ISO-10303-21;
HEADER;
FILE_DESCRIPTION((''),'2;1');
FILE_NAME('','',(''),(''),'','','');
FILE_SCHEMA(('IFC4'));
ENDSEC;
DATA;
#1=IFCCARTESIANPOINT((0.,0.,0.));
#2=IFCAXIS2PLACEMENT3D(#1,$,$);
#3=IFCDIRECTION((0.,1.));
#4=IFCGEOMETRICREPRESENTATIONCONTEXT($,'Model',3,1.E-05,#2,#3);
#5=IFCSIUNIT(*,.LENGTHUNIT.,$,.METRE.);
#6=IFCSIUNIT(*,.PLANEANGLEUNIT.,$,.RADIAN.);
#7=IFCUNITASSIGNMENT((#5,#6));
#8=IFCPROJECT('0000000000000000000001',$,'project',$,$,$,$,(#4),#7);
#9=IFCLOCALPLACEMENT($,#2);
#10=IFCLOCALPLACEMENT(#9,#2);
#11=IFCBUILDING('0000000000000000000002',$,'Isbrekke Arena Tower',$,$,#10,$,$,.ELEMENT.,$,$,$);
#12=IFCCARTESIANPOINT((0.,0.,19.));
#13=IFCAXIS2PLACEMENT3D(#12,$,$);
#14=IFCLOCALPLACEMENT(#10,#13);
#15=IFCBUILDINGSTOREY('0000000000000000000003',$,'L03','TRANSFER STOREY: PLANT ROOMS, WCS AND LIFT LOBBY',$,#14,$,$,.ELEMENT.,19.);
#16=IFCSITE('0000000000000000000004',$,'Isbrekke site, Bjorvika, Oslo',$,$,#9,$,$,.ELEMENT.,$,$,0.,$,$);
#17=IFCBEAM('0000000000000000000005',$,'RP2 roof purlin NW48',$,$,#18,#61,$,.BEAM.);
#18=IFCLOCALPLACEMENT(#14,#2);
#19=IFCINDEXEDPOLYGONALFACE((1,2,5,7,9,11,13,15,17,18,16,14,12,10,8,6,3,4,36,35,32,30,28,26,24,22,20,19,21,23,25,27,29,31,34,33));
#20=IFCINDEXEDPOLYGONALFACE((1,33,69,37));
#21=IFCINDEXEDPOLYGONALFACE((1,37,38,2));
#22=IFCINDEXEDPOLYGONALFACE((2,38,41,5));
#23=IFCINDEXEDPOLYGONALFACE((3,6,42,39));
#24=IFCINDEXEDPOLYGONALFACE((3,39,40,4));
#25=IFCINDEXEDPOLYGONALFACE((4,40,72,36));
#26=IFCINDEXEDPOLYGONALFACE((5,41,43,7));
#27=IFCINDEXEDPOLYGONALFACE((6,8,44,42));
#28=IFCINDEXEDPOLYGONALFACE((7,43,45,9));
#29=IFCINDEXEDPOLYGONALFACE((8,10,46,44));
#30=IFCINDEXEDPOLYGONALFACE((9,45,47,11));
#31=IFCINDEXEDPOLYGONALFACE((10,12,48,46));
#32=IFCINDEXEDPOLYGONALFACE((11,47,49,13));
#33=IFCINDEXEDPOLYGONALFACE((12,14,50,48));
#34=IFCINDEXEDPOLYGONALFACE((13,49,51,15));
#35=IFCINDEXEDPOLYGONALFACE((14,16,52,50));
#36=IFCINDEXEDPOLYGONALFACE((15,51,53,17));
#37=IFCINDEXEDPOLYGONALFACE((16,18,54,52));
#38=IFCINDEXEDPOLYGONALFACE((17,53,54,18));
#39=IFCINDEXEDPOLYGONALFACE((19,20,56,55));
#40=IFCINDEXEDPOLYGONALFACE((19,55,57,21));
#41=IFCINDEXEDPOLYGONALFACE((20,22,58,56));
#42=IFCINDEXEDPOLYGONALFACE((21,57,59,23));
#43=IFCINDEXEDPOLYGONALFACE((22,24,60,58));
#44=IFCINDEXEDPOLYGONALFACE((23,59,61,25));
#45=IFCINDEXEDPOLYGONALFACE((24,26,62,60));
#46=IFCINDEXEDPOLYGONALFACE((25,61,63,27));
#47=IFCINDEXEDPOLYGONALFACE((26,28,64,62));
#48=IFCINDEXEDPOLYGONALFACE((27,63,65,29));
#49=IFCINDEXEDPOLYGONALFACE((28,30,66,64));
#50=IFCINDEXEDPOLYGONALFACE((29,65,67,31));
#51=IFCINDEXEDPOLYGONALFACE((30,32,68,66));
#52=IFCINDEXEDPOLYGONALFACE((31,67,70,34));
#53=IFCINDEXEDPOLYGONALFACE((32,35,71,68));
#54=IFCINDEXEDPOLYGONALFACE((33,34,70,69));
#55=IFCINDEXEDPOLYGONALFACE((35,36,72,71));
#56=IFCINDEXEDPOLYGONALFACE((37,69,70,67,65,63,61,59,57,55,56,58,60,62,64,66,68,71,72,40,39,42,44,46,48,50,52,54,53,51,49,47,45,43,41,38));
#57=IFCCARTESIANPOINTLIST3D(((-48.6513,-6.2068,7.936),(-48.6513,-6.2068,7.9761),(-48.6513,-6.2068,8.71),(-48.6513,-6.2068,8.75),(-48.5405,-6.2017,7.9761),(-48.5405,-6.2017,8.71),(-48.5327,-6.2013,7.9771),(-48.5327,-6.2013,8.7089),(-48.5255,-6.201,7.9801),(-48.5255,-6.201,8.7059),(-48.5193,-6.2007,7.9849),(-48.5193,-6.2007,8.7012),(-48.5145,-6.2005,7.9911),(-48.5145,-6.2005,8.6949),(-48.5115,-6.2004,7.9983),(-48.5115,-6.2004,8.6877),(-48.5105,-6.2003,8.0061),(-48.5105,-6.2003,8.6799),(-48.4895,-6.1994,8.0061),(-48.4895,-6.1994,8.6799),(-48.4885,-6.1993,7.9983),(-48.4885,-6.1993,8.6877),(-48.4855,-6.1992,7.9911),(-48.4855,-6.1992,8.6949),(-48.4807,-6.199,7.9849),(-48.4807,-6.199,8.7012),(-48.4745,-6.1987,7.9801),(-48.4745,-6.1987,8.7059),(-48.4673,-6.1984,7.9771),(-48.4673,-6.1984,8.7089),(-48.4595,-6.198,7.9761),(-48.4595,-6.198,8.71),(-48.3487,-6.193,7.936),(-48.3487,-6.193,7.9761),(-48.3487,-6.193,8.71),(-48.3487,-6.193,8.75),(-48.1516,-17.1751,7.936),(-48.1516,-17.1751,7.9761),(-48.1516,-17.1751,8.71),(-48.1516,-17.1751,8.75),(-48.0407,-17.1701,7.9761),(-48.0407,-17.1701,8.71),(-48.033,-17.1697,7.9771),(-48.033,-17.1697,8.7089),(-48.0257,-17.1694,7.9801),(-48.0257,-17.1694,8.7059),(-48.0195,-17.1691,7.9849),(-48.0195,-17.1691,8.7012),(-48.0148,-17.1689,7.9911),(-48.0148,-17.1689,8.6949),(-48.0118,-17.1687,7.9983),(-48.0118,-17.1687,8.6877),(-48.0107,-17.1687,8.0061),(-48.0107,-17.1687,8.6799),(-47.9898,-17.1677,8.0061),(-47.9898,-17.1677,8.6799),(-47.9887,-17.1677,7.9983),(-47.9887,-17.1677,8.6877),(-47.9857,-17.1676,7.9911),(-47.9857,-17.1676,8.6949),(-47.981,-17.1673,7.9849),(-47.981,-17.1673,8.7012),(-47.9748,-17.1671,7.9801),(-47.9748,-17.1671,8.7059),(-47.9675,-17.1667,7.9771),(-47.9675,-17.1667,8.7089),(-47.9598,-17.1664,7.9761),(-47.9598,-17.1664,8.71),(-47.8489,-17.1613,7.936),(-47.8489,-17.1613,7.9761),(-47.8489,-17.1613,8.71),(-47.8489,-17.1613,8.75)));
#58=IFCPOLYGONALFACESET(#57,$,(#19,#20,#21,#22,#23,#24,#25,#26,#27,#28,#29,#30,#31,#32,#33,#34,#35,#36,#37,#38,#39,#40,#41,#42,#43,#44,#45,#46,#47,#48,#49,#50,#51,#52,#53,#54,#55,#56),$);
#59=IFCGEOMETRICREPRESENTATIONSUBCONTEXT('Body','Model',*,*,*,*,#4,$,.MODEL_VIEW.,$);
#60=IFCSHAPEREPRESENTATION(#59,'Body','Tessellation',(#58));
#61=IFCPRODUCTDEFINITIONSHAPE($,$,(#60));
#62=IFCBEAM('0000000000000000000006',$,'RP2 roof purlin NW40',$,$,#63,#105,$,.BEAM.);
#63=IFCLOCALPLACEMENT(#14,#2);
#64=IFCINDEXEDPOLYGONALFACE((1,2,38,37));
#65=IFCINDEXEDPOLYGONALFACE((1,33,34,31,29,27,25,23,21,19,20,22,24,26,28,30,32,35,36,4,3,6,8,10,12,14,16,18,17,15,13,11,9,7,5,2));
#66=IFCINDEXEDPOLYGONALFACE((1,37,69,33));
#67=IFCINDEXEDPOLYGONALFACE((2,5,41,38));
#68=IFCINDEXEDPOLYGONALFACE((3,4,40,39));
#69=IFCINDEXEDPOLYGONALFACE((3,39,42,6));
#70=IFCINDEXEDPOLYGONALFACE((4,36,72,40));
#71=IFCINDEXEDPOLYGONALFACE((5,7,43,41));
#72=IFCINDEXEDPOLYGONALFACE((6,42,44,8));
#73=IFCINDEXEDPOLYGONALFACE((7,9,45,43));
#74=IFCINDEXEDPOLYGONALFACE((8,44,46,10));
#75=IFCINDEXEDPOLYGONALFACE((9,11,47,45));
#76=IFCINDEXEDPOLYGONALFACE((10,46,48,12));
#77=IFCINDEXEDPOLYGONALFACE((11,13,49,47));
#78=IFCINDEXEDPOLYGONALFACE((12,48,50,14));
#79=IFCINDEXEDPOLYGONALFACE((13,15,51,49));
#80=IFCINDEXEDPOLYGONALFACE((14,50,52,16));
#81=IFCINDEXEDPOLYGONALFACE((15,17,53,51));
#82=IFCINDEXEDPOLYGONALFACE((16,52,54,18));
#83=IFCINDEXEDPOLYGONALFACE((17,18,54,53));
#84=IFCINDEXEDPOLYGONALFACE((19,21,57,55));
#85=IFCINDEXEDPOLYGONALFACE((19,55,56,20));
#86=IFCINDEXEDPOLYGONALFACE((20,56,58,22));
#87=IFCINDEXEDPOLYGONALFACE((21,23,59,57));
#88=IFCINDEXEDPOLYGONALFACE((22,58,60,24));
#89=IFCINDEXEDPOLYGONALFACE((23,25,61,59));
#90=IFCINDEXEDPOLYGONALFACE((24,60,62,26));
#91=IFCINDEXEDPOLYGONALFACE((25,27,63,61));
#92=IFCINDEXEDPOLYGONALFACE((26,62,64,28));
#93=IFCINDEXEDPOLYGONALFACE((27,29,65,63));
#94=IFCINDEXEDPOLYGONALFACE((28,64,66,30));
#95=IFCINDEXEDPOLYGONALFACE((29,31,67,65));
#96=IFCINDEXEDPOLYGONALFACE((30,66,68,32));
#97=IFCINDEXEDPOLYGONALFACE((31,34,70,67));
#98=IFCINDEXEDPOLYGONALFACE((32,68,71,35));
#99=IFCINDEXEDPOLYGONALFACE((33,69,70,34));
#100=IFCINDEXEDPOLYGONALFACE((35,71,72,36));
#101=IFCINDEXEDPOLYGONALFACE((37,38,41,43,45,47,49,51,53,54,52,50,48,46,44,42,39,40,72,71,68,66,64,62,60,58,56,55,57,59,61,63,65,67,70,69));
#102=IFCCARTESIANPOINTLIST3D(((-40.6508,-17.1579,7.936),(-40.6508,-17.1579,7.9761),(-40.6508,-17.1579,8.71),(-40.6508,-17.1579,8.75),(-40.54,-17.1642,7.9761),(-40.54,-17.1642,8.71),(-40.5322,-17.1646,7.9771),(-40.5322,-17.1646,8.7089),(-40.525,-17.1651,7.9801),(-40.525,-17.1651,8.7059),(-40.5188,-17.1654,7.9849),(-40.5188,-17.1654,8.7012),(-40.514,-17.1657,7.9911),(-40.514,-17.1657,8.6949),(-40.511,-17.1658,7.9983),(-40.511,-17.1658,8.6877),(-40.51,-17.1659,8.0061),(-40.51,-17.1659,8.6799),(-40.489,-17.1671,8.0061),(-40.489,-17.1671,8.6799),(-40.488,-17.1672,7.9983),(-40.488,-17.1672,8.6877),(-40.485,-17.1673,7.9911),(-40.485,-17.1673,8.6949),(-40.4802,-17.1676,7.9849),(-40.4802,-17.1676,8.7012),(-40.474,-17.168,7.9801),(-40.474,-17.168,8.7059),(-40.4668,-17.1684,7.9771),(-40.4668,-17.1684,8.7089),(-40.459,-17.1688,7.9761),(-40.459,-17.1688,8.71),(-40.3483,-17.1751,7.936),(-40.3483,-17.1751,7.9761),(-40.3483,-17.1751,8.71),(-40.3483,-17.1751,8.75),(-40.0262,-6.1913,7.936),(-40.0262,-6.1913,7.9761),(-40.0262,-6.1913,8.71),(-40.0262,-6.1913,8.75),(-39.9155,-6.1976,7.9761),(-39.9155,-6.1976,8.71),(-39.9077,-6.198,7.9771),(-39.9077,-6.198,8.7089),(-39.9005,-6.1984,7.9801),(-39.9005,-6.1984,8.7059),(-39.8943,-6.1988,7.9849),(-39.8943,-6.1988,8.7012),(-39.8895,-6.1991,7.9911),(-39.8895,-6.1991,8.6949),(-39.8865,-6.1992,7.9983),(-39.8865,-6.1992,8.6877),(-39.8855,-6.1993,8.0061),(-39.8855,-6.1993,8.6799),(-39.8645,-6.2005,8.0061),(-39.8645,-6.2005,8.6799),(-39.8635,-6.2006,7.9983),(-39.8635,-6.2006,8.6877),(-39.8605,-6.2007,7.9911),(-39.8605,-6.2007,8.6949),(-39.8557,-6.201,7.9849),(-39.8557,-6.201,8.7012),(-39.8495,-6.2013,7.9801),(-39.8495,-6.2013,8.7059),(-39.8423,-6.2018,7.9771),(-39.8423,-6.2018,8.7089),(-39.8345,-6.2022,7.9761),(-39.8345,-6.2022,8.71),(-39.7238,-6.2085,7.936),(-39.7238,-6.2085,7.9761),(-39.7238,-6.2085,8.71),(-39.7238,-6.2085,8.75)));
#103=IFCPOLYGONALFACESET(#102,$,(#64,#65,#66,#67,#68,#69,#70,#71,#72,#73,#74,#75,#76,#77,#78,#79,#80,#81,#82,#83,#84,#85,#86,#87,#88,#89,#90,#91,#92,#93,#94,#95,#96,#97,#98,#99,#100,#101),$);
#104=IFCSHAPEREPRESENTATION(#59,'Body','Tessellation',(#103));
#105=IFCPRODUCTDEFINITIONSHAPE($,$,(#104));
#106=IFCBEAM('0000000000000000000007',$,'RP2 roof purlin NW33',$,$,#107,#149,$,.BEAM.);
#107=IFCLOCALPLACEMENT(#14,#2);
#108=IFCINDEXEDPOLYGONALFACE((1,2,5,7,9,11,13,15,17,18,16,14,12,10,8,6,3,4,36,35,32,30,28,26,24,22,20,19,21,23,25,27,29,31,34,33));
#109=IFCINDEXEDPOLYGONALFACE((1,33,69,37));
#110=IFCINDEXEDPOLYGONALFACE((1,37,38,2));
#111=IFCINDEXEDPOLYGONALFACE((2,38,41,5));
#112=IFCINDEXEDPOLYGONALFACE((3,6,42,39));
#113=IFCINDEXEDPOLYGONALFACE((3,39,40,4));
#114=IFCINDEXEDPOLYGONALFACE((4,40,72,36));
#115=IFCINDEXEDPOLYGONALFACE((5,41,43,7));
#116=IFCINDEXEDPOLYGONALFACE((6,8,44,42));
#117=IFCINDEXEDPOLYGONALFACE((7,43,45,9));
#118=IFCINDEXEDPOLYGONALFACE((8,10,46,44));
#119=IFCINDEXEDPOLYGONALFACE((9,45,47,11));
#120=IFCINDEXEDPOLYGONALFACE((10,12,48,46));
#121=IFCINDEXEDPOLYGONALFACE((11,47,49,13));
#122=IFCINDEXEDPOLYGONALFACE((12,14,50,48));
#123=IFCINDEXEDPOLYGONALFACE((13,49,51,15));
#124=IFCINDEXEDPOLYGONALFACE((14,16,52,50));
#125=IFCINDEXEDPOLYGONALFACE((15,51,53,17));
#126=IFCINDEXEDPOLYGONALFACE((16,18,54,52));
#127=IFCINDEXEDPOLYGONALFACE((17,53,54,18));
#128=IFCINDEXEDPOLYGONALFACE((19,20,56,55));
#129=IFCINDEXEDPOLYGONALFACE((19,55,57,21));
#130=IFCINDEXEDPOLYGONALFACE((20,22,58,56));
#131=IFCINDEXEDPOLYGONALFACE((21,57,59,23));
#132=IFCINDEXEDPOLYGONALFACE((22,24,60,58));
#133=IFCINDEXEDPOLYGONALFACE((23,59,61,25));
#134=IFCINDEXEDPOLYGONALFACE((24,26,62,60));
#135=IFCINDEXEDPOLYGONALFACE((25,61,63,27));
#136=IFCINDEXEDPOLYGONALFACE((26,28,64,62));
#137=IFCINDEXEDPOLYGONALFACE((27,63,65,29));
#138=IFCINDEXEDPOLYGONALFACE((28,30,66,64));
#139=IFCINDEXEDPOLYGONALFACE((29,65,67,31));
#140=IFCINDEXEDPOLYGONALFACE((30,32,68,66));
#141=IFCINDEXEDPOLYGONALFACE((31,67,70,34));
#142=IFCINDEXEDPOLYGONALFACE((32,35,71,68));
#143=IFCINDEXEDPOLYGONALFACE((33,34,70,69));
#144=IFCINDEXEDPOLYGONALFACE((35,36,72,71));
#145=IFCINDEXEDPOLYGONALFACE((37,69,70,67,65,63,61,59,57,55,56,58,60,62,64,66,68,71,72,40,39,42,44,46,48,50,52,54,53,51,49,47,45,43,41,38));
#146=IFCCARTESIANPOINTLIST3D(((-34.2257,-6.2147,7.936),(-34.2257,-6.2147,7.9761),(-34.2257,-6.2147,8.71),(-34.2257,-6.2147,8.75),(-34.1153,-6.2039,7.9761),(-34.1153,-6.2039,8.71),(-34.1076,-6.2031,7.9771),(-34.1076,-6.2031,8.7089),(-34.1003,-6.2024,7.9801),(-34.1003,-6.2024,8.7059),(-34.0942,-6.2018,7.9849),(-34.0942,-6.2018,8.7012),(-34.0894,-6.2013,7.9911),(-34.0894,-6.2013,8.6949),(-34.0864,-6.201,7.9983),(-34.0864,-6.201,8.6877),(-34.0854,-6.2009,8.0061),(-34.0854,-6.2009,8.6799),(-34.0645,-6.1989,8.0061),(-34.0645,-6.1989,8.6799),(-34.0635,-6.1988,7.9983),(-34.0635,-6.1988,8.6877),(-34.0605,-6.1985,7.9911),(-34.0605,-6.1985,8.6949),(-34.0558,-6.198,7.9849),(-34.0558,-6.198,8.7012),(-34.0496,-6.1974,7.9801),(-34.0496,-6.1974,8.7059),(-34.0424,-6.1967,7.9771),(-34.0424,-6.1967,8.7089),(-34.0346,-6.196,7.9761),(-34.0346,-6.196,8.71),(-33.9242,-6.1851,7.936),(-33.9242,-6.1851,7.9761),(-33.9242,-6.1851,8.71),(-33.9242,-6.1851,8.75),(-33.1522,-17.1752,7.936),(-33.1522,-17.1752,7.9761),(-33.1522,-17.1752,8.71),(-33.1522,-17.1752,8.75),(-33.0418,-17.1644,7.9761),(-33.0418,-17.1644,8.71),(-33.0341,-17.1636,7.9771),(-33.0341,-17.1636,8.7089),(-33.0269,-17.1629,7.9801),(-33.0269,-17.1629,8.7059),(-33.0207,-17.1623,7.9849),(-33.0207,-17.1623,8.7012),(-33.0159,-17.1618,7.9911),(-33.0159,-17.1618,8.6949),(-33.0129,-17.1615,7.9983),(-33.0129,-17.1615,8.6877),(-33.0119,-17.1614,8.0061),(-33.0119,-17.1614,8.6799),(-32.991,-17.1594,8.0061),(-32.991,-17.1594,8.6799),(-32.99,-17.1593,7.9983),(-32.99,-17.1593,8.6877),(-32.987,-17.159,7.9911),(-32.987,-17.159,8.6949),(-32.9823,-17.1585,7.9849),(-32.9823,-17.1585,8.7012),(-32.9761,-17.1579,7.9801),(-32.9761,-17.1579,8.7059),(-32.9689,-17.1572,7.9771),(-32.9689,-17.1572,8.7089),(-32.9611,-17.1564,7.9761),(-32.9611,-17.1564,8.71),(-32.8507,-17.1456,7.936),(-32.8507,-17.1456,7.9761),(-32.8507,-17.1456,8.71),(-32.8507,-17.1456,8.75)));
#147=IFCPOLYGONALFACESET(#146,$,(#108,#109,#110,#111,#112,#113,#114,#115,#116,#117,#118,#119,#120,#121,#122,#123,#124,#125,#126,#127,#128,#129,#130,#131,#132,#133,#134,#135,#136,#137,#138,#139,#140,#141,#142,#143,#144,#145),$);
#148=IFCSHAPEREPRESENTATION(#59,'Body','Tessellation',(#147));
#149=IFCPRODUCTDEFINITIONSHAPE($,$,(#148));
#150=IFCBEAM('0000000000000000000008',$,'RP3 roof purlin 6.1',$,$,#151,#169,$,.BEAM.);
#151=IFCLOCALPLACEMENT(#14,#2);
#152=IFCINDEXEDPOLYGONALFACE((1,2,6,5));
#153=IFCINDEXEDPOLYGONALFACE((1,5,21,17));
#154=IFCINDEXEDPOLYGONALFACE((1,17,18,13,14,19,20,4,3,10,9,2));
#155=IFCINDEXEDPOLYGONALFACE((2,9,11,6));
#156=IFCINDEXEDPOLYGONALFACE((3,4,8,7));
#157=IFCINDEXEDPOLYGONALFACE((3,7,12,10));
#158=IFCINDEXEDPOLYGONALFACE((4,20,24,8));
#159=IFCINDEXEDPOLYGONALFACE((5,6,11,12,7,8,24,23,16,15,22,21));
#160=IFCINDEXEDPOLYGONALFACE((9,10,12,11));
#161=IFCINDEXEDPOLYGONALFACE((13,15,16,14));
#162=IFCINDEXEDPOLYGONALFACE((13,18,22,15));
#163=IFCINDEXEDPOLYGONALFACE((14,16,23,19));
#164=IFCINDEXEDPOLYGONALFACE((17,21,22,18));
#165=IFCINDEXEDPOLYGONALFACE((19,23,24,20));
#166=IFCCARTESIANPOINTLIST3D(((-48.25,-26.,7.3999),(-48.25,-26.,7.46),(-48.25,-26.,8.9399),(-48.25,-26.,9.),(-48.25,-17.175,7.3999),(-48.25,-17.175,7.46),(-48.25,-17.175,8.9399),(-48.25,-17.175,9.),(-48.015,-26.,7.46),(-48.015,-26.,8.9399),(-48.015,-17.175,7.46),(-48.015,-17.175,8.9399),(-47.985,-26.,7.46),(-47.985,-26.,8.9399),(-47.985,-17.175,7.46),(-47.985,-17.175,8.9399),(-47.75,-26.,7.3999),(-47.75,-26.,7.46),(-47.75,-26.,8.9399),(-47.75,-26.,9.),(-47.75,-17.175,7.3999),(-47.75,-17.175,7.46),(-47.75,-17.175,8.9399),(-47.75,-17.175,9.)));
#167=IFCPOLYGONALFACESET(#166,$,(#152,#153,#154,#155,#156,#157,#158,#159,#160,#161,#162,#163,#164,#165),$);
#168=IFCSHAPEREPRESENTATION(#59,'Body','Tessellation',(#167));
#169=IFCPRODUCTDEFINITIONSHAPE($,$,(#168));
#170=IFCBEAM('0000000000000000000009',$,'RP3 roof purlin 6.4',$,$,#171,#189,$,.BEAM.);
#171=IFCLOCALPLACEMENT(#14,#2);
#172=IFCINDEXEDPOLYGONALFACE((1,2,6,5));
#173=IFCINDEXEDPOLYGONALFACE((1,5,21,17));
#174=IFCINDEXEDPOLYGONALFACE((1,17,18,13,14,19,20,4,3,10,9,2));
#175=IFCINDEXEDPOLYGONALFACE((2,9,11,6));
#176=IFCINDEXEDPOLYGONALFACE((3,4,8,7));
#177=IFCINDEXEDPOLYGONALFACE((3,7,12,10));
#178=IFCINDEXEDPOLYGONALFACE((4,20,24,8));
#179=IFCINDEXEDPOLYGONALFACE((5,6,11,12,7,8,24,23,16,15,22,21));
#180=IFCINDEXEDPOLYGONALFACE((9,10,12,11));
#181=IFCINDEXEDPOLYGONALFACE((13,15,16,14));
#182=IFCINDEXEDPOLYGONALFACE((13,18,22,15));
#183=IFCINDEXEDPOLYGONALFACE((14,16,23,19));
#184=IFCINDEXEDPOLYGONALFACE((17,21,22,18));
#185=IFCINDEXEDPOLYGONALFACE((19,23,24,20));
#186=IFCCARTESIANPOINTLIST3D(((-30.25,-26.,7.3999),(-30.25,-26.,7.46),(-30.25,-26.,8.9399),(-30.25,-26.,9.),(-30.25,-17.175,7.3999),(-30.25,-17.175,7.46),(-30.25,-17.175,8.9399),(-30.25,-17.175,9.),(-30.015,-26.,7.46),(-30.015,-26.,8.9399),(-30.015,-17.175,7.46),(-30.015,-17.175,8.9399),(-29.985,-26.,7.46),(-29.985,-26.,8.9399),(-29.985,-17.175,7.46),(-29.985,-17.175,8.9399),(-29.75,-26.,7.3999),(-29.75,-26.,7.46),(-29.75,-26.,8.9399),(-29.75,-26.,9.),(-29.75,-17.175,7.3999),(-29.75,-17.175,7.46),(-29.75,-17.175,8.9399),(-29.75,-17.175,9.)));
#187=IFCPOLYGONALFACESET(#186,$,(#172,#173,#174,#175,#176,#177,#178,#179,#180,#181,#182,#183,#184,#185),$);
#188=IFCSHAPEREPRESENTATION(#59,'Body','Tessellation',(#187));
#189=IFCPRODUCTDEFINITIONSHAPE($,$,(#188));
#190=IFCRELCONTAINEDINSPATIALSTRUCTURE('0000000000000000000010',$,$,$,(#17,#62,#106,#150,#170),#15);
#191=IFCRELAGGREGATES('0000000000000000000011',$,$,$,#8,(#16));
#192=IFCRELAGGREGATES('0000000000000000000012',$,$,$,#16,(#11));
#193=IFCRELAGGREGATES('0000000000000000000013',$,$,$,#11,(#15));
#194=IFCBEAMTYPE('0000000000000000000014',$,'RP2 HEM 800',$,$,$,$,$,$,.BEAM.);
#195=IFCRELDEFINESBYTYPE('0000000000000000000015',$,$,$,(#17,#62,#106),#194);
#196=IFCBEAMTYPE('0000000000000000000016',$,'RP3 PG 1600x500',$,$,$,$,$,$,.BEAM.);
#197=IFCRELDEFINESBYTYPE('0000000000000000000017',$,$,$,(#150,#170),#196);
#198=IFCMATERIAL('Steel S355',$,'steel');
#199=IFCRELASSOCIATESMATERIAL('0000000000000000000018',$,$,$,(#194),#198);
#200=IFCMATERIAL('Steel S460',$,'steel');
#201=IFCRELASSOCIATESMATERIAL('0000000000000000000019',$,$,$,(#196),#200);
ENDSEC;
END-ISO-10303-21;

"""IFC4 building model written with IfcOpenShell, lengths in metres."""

from ifc_helpers import new_model, si_unit, direction, frame, origin, origin_2d, place, context, subcontext, project, spatial, i_section, extrude, material, material_profile, profile_set, type_object, element, save


model = new_model("IFC4")

# Units and contexts
model_context = context("Model", 3, precision=1e-05, world=origin(), true_north=direction((0.0, 1.0)))
body_context = subcontext(model_context, "Body", "Model", "MODEL_VIEW")
ifc_project = project(units=[si_unit("LENGTHUNIT", "METRE"), si_unit("PLANEANGLEUNIT", "RADIAN")], contexts=[model_context])

# Site, building, storey
site_placement = place(None, origin())
site = spatial("IfcSite", under=ifc_project, at=site_placement, Name="Isbrekke site, Bjorvika, Oslo", CompositionType="ELEMENT", RefElevation=0.0)
building_placement = place(site_placement, origin())
building = spatial("IfcBuilding", under=site, at=building_placement, Name="Isbrekke Arena Tower", CompositionType="ELEMENT")
storey_placement = place(building_placement, frame((0.0, 0.0, 19.0)))
storey = spatial("IfcBuildingStorey", under=building, at=storey_placement, Name="L03", Description="TRANSFER STOREY: PLANT ROOMS, WCS AND LIFT LOBBY", CompositionType="ELEMENT", Elevation=19.0)

# Beams
ifc_material_1 = material(Name="Steel S355", Category="steel")
ifc_material_profile_1 = material_profile(ifc_material_1, i_section(OverallWidth=0.303, OverallDepth=0.814, WebThickness=0.021, FlangeThickness=0.04, FilletRadius=0.03, at=origin_2d()), Name="HEM 800")
ifc_profile_set_1 = profile_set([ifc_material_profile_1], Name="Steel S355")
beam_type_1 = type_object("IfcBeamType", Name="RP2 HEM 800", PredefinedType="BEAM", material=ifc_profile_set_1)
beam_1_placement = place(storey_placement, frame((-48.0002, -17.1682, 8.343), z_axis=(-0.045517, 0.998964, 0.0), x_axis=(-0.998964, -0.045517, 0.0)))
element("IfcBeam", 1, at=beam_1_placement, inside=storey, type_object=beam_type_1, Name="RP2 roof purlin NW48", PredefinedType="BEAM", context=body_context, shape_type="SweptSolid", body=[
    extrude(i_section(OverallWidth=0.303, OverallDepth=0.814, WebThickness=0.021, FlangeThickness=0.04, FilletRadius=0.03, at=origin_2d()), origin(), (0.0, 0.0, 1.0), 10.9797),
])
beam_2_placement = place(storey_placement, frame((-40.4995, -17.1665, 8.343), z_axis=(0.056855, 0.998382, 0.0), x_axis=(-0.998382, 0.056855, 0.0)))
element("IfcBeam", 2, at=beam_2_placement, inside=storey, type_object=beam_type_1, Name="RP2 roof purlin NW40", PredefinedType="BEAM", context=body_context, shape_type="SweptSolid", body=[
    extrude(i_section(OverallWidth=0.303, OverallDepth=0.814, WebThickness=0.021, FlangeThickness=0.04, FilletRadius=0.03, at=origin_2d()), origin(), (0.0, 0.0, 1.0), 10.9844),
])
beam_3_placement = place(storey_placement, frame((-33.0015, -17.1604, 8.343), z_axis=(-0.097475, 0.995238, 0.0), x_axis=(-0.995238, -0.097475, 0.0)))
element("IfcBeam", 3, at=beam_3_placement, inside=storey, type_object=beam_type_1, Name="RP2 roof purlin NW33", PredefinedType="BEAM", context=body_context, shape_type="SweptSolid", body=[
    extrude(i_section(OverallWidth=0.303, OverallDepth=0.814, WebThickness=0.021, FlangeThickness=0.04, FilletRadius=0.03, at=origin_2d()), origin(), (0.0, 0.0, 1.0), 11.0129),
])
ifc_material_2 = material(Name="Steel S460", Category="steel")
ifc_material_profile_2 = material_profile(ifc_material_2, i_section(OverallWidth=0.5, OverallDepth=1.6001, WebThickness=0.03, FlangeThickness=0.0601, at=origin_2d()), Name="PG 1600x500")
ifc_profile_set_2 = profile_set([ifc_material_profile_2], Name="Steel S460")
beam_type_2 = type_object("IfcBeamType", Name="RP3 PG 1600x500", PredefinedType="BEAM", material=ifc_profile_set_2)
for number, where, z_axis, x_axis, name in (
    (4, (-48.0, -26.0, 8.2), (0.0, 1.0, 0.0), (-1.0, 0.0, 0.0), "RP3 roof purlin 6.1"),
    (5, (-30.0, -26.0, 8.2), (0.0, 1.0, 0.0), (-1.0, 0.0, 0.0), "RP3 roof purlin 6.4"),
):
    element("IfcBeam", number, at=place(storey_placement, frame(where, z_axis=z_axis, x_axis=x_axis)), inside=storey, type_object=beam_type_2, Name=name, PredefinedType="BEAM", context=body_context, shape_type="SweptSolid", body=[
        extrude(i_section(OverallWidth=0.5, OverallDepth=1.6001, WebThickness=0.03, FlangeThickness=0.0601, at=origin_2d()), origin(), (0.0, 0.0, 1.0), 8.825),
    ])

save(model, "model.ifc")
